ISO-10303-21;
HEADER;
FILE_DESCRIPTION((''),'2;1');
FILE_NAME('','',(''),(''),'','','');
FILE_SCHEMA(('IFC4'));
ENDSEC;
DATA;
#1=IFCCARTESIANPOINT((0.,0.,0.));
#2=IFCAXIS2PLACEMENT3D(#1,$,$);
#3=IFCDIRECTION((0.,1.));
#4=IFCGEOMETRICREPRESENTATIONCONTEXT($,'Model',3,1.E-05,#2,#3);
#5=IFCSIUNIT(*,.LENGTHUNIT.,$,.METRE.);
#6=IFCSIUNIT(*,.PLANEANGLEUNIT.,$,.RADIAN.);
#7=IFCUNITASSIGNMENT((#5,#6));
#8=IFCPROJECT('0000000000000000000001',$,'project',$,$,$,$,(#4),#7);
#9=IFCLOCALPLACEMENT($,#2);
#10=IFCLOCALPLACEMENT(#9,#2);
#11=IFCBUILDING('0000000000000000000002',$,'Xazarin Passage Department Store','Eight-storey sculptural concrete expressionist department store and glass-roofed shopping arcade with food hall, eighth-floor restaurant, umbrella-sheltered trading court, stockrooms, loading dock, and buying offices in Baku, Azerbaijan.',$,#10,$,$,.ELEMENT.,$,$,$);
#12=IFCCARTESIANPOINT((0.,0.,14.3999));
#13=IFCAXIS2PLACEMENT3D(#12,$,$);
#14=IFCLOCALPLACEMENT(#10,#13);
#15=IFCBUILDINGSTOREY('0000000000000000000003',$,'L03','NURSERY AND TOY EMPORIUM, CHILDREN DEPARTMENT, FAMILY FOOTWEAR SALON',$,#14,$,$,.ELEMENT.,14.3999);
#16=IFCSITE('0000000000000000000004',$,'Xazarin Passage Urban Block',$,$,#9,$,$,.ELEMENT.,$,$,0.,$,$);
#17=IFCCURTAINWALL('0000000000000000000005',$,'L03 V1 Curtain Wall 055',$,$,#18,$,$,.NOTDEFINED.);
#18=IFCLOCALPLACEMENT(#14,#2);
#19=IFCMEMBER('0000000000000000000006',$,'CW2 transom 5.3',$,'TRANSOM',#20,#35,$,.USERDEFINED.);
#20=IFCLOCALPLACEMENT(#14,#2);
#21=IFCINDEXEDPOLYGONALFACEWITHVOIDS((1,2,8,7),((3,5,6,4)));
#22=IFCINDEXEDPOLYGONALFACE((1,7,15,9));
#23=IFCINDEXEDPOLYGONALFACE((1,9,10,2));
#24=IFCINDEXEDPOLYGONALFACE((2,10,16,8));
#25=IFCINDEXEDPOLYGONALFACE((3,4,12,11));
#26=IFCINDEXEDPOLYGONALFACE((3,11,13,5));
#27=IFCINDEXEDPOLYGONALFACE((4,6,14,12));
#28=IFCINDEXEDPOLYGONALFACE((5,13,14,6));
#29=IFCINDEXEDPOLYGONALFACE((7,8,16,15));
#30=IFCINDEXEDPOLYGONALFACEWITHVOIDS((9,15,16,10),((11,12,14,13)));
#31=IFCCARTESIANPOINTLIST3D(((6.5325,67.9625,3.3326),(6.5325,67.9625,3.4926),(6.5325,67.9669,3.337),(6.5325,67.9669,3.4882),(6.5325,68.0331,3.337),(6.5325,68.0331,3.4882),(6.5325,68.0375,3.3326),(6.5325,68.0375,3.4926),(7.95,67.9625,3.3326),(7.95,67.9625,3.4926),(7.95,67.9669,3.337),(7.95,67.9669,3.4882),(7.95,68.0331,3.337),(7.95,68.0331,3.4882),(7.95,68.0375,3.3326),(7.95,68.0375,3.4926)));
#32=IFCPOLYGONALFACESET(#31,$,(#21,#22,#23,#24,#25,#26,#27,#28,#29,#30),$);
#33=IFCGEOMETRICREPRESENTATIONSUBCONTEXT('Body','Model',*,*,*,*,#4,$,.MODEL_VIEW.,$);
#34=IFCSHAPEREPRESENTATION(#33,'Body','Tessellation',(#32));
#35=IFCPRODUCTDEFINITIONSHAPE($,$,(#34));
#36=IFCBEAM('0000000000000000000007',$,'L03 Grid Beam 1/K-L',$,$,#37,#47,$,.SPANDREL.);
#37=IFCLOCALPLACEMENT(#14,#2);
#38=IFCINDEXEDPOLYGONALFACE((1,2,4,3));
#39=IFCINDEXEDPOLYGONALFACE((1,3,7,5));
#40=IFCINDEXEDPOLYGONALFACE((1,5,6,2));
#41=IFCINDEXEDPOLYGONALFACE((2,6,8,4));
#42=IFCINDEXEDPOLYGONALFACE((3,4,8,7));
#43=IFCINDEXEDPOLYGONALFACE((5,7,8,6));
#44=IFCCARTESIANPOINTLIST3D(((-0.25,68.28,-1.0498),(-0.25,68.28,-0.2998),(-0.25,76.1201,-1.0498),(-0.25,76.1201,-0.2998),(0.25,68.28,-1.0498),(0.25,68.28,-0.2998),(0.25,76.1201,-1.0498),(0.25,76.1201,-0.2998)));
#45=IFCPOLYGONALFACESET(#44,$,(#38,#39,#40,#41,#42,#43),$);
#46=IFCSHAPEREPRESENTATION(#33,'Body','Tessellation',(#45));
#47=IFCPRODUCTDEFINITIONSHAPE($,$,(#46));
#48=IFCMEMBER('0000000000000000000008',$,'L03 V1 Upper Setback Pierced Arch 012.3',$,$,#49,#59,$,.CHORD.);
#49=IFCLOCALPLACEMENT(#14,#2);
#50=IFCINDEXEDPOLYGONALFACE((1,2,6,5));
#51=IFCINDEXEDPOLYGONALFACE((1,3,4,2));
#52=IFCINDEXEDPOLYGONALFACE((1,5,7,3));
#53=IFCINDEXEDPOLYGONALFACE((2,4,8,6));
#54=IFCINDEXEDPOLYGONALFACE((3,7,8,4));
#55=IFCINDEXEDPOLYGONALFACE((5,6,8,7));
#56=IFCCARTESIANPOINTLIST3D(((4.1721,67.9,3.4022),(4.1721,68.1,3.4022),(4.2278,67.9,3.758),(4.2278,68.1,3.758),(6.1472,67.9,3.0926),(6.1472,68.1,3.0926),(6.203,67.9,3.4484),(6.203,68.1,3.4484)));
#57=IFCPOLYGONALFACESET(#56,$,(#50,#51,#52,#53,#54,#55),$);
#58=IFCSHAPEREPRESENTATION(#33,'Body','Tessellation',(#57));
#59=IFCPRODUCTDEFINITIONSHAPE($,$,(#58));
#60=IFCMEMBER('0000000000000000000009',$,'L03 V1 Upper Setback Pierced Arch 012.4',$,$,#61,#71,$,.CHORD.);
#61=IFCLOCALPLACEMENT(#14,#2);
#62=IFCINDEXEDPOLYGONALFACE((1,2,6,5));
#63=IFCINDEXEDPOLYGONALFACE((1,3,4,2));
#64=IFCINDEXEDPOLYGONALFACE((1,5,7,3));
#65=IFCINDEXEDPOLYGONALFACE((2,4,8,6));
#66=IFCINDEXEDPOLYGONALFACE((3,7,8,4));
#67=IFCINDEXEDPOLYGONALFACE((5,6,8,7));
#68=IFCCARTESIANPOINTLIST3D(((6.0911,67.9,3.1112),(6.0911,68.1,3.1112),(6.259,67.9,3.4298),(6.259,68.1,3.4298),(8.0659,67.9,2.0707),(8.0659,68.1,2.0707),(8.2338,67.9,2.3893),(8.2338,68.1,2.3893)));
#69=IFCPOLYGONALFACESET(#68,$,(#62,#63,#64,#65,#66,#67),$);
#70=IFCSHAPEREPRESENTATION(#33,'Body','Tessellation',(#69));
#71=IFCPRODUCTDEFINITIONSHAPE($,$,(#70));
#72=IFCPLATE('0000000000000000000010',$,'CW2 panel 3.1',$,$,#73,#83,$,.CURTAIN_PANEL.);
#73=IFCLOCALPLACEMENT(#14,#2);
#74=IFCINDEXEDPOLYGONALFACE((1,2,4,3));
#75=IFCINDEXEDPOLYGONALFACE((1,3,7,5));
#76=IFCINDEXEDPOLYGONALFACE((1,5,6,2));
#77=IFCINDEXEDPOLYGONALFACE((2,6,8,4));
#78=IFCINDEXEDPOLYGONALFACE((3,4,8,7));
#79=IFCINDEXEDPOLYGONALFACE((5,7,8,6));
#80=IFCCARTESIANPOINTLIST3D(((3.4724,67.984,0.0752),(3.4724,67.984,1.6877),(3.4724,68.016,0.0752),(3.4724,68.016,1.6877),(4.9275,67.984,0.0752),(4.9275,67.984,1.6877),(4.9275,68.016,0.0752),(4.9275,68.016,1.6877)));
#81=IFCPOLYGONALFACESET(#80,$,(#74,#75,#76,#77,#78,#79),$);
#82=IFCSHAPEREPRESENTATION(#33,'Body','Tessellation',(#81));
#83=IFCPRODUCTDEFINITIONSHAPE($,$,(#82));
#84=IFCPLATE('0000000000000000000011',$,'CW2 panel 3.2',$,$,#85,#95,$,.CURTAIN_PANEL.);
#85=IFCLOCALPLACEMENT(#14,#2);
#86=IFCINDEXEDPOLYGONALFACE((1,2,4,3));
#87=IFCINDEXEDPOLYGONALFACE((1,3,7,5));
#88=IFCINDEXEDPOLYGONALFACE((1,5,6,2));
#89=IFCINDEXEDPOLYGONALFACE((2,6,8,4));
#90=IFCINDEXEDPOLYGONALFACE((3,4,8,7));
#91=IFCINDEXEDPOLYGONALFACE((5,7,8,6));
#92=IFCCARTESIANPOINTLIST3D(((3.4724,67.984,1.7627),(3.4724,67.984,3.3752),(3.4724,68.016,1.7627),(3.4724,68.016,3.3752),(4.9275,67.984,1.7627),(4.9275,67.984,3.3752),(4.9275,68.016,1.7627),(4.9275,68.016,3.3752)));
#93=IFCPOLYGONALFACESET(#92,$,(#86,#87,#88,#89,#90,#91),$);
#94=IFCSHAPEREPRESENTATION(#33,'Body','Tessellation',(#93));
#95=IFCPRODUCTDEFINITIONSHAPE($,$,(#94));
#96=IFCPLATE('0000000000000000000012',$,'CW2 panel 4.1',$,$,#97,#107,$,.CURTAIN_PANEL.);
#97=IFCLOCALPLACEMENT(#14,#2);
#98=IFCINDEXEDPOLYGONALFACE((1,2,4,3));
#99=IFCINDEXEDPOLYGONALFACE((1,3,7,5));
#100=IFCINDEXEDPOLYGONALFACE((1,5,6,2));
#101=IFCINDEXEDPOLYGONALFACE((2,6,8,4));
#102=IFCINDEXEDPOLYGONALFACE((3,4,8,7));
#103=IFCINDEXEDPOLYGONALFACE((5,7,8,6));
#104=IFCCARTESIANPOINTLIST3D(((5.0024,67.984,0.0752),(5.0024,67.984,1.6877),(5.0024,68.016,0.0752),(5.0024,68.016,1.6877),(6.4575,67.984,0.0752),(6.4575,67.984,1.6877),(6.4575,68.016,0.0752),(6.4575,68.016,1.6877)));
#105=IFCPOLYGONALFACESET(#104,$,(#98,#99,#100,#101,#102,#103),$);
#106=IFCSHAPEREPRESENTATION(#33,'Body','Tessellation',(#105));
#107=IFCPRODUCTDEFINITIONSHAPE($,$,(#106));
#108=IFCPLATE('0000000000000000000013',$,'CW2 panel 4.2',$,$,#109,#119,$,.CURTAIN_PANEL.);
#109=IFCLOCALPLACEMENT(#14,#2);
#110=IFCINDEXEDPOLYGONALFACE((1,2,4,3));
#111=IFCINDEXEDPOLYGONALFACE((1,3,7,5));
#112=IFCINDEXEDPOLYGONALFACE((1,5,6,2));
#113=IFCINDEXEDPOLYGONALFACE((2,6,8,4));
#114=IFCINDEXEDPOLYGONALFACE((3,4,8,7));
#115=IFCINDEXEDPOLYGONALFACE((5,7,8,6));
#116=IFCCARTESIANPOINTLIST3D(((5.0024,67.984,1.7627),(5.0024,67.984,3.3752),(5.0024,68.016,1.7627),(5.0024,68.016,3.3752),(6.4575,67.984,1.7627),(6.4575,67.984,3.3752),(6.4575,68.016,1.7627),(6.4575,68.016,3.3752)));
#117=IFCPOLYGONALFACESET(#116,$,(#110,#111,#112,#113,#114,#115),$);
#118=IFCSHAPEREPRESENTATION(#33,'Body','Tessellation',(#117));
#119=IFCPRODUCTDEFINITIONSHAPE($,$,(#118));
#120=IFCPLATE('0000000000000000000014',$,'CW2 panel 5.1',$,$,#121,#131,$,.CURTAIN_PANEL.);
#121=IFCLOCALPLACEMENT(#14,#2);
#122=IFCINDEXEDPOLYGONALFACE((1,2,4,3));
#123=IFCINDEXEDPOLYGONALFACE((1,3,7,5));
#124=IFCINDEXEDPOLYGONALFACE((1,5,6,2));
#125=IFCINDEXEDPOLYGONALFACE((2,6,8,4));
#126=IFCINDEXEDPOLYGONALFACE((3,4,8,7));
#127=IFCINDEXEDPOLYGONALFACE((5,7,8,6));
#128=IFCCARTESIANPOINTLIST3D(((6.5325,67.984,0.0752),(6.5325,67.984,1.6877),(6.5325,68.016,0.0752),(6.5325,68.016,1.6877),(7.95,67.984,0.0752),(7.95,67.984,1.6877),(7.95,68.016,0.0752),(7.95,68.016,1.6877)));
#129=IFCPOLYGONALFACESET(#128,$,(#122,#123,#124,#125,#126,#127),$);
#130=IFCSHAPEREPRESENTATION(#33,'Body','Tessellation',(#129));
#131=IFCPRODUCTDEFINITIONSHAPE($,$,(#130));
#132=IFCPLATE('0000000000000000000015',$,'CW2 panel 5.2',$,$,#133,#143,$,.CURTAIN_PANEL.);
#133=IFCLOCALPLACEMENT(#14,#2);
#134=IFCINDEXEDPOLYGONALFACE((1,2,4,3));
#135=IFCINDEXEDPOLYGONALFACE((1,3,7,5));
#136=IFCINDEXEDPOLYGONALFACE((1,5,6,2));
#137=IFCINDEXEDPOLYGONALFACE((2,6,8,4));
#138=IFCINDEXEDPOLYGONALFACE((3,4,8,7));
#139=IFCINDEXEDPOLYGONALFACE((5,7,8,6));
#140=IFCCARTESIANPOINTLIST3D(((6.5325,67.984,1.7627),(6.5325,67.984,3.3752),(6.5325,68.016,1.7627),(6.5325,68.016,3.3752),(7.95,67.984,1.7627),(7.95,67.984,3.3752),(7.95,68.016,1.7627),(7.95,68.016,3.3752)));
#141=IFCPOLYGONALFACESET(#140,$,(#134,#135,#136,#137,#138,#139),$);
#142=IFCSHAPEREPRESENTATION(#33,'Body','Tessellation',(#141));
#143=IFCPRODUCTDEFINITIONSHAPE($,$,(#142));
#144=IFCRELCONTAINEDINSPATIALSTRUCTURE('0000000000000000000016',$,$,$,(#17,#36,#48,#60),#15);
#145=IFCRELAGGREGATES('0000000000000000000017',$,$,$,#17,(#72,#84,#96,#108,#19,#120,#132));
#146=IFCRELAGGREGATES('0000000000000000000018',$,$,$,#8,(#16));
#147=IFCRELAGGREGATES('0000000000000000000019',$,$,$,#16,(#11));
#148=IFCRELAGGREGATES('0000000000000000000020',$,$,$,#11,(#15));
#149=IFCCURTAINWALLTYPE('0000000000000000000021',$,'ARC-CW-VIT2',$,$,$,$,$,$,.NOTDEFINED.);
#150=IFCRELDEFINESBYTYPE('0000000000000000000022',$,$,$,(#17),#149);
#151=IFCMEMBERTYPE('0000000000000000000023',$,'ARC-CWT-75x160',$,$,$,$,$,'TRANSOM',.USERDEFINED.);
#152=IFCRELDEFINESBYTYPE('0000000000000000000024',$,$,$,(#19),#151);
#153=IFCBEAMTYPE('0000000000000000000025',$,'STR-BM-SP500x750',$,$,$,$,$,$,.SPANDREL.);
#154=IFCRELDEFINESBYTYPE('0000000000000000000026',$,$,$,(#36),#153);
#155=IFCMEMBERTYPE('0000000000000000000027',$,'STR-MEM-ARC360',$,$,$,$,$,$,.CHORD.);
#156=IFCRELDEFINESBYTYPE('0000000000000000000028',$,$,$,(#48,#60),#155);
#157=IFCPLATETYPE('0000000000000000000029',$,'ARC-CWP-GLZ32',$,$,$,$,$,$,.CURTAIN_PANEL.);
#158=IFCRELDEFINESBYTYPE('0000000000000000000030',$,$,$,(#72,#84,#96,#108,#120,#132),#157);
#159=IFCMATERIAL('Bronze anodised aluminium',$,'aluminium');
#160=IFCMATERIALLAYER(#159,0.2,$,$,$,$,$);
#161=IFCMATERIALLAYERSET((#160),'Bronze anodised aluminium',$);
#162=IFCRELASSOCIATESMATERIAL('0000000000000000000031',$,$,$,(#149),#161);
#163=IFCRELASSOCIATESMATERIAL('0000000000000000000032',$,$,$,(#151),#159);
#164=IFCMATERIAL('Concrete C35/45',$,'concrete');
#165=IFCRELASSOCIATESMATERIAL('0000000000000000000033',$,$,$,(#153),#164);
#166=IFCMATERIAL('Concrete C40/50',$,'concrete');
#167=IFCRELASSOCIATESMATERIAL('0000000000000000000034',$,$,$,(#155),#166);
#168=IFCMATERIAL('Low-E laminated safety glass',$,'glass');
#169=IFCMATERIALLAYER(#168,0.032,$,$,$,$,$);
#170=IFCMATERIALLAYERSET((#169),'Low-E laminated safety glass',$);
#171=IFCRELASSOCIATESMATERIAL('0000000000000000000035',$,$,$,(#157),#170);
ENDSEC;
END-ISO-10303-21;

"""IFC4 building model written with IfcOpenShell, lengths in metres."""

from ifc_helpers import new_model, si_unit, direction, frame, origin, origin_2d, place, context, subcontext, project, spatial, rectangle, hollow_rectangle, extrude, material, layer, layer_set, material_profile, profile_set, type_object, element, aggregate, save


model = new_model("IFC4")

# Units and contexts
model_context = context("Model", 3, precision=1e-05, world=origin(), true_north=direction((0.0, 1.0)))
body_context = subcontext(model_context, "Body", "Model", "MODEL_VIEW")
ifc_project = project(units=[si_unit("LENGTHUNIT", "METRE"), si_unit("PLANEANGLEUNIT", "RADIAN")], contexts=[model_context])

# Site, building, storey
site_placement = place(None, origin())
site = spatial("IfcSite", under=ifc_project, at=site_placement, Name="Xazarin Passage Urban Block", CompositionType="ELEMENT", RefElevation=0.0)
building_placement = place(site_placement, origin())
building = spatial("IfcBuilding", under=site, at=building_placement, Name="Xazarin Passage Department Store", Description="Eight-storey sculptural concrete expressionist department store and glass-roofed shopping arcade with food hall, eighth-floor restaurant, umbrella-sheltered trading court, stockrooms, loading dock, and buying offices in Baku, Azerbaijan.", CompositionType="ELEMENT")
storey_placement = place(building_placement, frame((0.0, 0.0, 14.3999)))
storey = spatial("IfcBuildingStorey", under=building, at=storey_placement, Name="L03", Description="NURSERY AND TOY EMPORIUM, CHILDREN DEPARTMENT, FAMILY FOOTWEAR SALON", CompositionType="ELEMENT", Elevation=14.3999)

# Curtain wall, member
ifc_material_1 = material(Name="Bronze anodised aluminium", Category="aluminium")
ifc_layer_1 = layer(ifc_material_1, 0.2)
ifc_layer_set_1 = layer_set([ifc_layer_1], Name="Bronze anodised aluminium")
curtain_wall_type = type_object("IfcCurtainWallType", Name="ARC-CW-VIT2", PredefinedType="NOTDEFINED", material=ifc_layer_set_1)
curtain_wall_placement = place(storey_placement, origin())
curtain_wall = element("IfcCurtainWall", 1, at=curtain_wall_placement, inside=storey, type_object=curtain_wall_type, Name="L03 V1 Curtain Wall 055", PredefinedType="NOTDEFINED")
ifc_material_profile_1 = material_profile(ifc_material_1, hollow_rectangle(XDim=0.075, YDim=0.1599, WallThickness=0.0044, at=origin_2d()), Name="ALU 75x160")
ifc_profile_set_1 = profile_set([ifc_material_profile_1], Name="Bronze anodised aluminium")
member_type_1 = type_object("IfcMemberType", Name="ARC-CWT-75x160", ElementType="TRANSOM", PredefinedType="USERDEFINED", material=ifc_profile_set_1)
member_1_placement = place(storey_placement, frame((6.5325, 68.0, 3.4126), z_axis=(1.0, 0.0, 0.0), x_axis=(0.0, 1.0, 0.0)))
member_1 = element("IfcMember", 2, at=member_1_placement, type_object=member_type_1, Name="CW2 transom 5.3", ObjectType="TRANSOM", PredefinedType="USERDEFINED", context=body_context, shape_type="SweptSolid", body=[
    extrude(hollow_rectangle(XDim=0.075, YDim=0.1599, WallThickness=0.0044, at=origin_2d()), origin(), (0.0, 0.0, 1.0), 1.4175),
])

# Beam
ifc_material_2 = material(Name="Concrete C35/45", Category="concrete")
ifc_material_profile_2 = material_profile(ifc_material_2, rectangle(XDim=0.5, YDim=0.75, at=origin_2d()), Name="RC 500x750")
ifc_profile_set_2 = profile_set([ifc_material_profile_2], Name="Concrete C35/45")
beam_type = type_object("IfcBeamType", Name="STR-BM-SP500x750", PredefinedType="SPANDREL", material=ifc_profile_set_2)
beam_placement = place(storey_placement, frame((0.0, 68.28, -0.6748), z_axis=(0.0, 1.0, 0.0), x_axis=(-1.0, 0.0, 0.0)))
element("IfcBeam", 3, at=beam_placement, inside=storey, type_object=beam_type, Name="L03 Grid Beam 1/K-L", PredefinedType="SPANDREL", context=body_context, shape_type="SweptSolid", body=[
    extrude(rectangle(XDim=0.5, YDim=0.75, at=origin_2d()), origin(), (0.0, 0.0, 1.0), 7.8401),
])

# Members
ifc_material_3 = material(Name="Concrete C40/50", Category="concrete")
ifc_material_profile_3 = material_profile(ifc_material_3, rectangle(XDim=0.2, YDim=0.3601, at=origin_2d()), Name="RC 200x360")
ifc_profile_set_3 = profile_set([ifc_material_profile_3], Name="Concrete C40/50")
member_type_2 = type_object("IfcMemberType", Name="STR-MEM-ARC360", PredefinedType="CHORD", material=ifc_profile_set_3)
member_2_placement = place(storey_placement, frame((4.2, 68.0, 3.5801), z_axis=(0.987939, 0.0, -0.154846), x_axis=(0.0, 1.0, 0.0)))
element("IfcMember", 4, at=member_2_placement, inside=storey, type_object=member_type_2, Name="L03 V1 Upper Setback Pierced Arch 012.3", PredefinedType="CHORD", context=body_context, shape_type="SweptSolid", body=[
    extrude(rectangle(XDim=0.2, YDim=0.3601, at=origin_2d()), origin(), (0.0, 0.0, 1.0), 1.9993),
])
member_3_placement = place(storey_placement, frame((6.175, 68.0, 3.2705), z_axis=(0.884709, 0.0, -0.466143), x_axis=(0.0, 1.0, 0.0)))
element("IfcMember", 5, at=member_3_placement, inside=storey, type_object=member_type_2, Name="L03 V1 Upper Setback Pierced Arch 012.4", PredefinedType="CHORD", context=body_context, shape_type="SweptSolid", body=[
    extrude(rectangle(XDim=0.2, YDim=0.3601, at=origin_2d()), origin(), (0.0, 0.0, 1.0), 2.2322),
])

# Plates
ifc_material_4 = material(Name="Low-E laminated safety glass", Category="glass")
ifc_layer_2 = layer(ifc_material_4, 0.032)
ifc_layer_set_2 = layer_set([ifc_layer_2], Name="Low-E laminated safety glass")
plate_type = type_object("IfcPlateType", Name="ARC-CWP-GLZ32", PredefinedType="CURTAIN_PANEL", material=ifc_layer_set_2)
plate_1_placement = place(storey_placement, frame((4.2, 68.0, 0.0752), z_axis=(0.0, 0.0, 1.0), x_axis=(1.0, 0.0, 0.0)))
plate_1 = element("IfcPlate", 6, at=plate_1_placement, type_object=plate_type, Name="CW2 panel 3.1", PredefinedType="CURTAIN_PANEL", context=body_context, shape_type="SweptSolid", body=[
    extrude(rectangle(XDim=1.4551, YDim=0.032, at=origin_2d()), origin(), (0.0, 0.0, 1.0), 1.6125),
])
plate_2_placement = place(storey_placement, frame((4.2, 68.0, 1.7627), z_axis=(0.0, 0.0, 1.0), x_axis=(1.0, 0.0, 0.0)))
plate_2 = element("IfcPlate", 7, at=plate_2_placement, type_object=plate_type, Name="CW2 panel 3.2", PredefinedType="CURTAIN_PANEL", context=body_context, shape_type="SweptSolid", body=[
    extrude(rectangle(XDim=1.4551, YDim=0.032, at=origin_2d()), origin(), (0.0, 0.0, 1.0), 1.6125),
])
plate_3_placement = place(storey_placement, frame((5.73, 68.0, 0.0752), z_axis=(0.0, 0.0, 1.0), x_axis=(1.0, 0.0, 0.0)))
plate_3 = element("IfcPlate", 8, at=plate_3_placement, type_object=plate_type, Name="CW2 panel 4.1", PredefinedType="CURTAIN_PANEL", context=body_context, shape_type="SweptSolid", body=[
    extrude(rectangle(XDim=1.4551, YDim=0.032, at=origin_2d()), origin(), (0.0, 0.0, 1.0), 1.6125),
])
plate_4_placement = place(storey_placement, frame((5.73, 68.0, 1.7627), z_axis=(0.0, 0.0, 1.0), x_axis=(1.0, 0.0, 0.0)))
plate_4 = element("IfcPlate", 9, at=plate_4_placement, type_object=plate_type, Name="CW2 panel 4.2", PredefinedType="CURTAIN_PANEL", context=body_context, shape_type="SweptSolid", body=[
    extrude(rectangle(XDim=1.4551, YDim=0.032, at=origin_2d()), origin(), (0.0, 0.0, 1.0), 1.6125),
])
plate_5_placement = place(storey_placement, frame((7.2412, 68.0, 0.0752), z_axis=(0.0, 0.0, 1.0), x_axis=(1.0, 0.0, 0.0)))
plate_5 = element("IfcPlate", 10, at=plate_5_placement, type_object=plate_type, Name="CW2 panel 5.1", PredefinedType="CURTAIN_PANEL", context=body_context, shape_type="SweptSolid", body=[
    extrude(rectangle(XDim=1.4175, YDim=0.032, at=origin_2d()), origin(), (0.0, 0.0, 1.0), 1.6125),
])
plate_6_placement = place(storey_placement, frame((7.2412, 68.0, 1.7627), z_axis=(0.0, 0.0, 1.0), x_axis=(1.0, 0.0, 0.0)))
plate_6 = element("IfcPlate", 11, at=plate_6_placement, type_object=plate_type, Name="CW2 panel 5.2", PredefinedType="CURTAIN_PANEL", context=body_context, shape_type="SweptSolid", body=[
    extrude(rectangle(XDim=1.4175, YDim=0.032, at=origin_2d()), origin(), (0.0, 0.0, 1.0), 1.6125),
])
aggregate(curtain_wall, [plate_1, plate_2, plate_3, plate_4, member_1, plate_5, plate_6])

save(model, "model.ifc")
